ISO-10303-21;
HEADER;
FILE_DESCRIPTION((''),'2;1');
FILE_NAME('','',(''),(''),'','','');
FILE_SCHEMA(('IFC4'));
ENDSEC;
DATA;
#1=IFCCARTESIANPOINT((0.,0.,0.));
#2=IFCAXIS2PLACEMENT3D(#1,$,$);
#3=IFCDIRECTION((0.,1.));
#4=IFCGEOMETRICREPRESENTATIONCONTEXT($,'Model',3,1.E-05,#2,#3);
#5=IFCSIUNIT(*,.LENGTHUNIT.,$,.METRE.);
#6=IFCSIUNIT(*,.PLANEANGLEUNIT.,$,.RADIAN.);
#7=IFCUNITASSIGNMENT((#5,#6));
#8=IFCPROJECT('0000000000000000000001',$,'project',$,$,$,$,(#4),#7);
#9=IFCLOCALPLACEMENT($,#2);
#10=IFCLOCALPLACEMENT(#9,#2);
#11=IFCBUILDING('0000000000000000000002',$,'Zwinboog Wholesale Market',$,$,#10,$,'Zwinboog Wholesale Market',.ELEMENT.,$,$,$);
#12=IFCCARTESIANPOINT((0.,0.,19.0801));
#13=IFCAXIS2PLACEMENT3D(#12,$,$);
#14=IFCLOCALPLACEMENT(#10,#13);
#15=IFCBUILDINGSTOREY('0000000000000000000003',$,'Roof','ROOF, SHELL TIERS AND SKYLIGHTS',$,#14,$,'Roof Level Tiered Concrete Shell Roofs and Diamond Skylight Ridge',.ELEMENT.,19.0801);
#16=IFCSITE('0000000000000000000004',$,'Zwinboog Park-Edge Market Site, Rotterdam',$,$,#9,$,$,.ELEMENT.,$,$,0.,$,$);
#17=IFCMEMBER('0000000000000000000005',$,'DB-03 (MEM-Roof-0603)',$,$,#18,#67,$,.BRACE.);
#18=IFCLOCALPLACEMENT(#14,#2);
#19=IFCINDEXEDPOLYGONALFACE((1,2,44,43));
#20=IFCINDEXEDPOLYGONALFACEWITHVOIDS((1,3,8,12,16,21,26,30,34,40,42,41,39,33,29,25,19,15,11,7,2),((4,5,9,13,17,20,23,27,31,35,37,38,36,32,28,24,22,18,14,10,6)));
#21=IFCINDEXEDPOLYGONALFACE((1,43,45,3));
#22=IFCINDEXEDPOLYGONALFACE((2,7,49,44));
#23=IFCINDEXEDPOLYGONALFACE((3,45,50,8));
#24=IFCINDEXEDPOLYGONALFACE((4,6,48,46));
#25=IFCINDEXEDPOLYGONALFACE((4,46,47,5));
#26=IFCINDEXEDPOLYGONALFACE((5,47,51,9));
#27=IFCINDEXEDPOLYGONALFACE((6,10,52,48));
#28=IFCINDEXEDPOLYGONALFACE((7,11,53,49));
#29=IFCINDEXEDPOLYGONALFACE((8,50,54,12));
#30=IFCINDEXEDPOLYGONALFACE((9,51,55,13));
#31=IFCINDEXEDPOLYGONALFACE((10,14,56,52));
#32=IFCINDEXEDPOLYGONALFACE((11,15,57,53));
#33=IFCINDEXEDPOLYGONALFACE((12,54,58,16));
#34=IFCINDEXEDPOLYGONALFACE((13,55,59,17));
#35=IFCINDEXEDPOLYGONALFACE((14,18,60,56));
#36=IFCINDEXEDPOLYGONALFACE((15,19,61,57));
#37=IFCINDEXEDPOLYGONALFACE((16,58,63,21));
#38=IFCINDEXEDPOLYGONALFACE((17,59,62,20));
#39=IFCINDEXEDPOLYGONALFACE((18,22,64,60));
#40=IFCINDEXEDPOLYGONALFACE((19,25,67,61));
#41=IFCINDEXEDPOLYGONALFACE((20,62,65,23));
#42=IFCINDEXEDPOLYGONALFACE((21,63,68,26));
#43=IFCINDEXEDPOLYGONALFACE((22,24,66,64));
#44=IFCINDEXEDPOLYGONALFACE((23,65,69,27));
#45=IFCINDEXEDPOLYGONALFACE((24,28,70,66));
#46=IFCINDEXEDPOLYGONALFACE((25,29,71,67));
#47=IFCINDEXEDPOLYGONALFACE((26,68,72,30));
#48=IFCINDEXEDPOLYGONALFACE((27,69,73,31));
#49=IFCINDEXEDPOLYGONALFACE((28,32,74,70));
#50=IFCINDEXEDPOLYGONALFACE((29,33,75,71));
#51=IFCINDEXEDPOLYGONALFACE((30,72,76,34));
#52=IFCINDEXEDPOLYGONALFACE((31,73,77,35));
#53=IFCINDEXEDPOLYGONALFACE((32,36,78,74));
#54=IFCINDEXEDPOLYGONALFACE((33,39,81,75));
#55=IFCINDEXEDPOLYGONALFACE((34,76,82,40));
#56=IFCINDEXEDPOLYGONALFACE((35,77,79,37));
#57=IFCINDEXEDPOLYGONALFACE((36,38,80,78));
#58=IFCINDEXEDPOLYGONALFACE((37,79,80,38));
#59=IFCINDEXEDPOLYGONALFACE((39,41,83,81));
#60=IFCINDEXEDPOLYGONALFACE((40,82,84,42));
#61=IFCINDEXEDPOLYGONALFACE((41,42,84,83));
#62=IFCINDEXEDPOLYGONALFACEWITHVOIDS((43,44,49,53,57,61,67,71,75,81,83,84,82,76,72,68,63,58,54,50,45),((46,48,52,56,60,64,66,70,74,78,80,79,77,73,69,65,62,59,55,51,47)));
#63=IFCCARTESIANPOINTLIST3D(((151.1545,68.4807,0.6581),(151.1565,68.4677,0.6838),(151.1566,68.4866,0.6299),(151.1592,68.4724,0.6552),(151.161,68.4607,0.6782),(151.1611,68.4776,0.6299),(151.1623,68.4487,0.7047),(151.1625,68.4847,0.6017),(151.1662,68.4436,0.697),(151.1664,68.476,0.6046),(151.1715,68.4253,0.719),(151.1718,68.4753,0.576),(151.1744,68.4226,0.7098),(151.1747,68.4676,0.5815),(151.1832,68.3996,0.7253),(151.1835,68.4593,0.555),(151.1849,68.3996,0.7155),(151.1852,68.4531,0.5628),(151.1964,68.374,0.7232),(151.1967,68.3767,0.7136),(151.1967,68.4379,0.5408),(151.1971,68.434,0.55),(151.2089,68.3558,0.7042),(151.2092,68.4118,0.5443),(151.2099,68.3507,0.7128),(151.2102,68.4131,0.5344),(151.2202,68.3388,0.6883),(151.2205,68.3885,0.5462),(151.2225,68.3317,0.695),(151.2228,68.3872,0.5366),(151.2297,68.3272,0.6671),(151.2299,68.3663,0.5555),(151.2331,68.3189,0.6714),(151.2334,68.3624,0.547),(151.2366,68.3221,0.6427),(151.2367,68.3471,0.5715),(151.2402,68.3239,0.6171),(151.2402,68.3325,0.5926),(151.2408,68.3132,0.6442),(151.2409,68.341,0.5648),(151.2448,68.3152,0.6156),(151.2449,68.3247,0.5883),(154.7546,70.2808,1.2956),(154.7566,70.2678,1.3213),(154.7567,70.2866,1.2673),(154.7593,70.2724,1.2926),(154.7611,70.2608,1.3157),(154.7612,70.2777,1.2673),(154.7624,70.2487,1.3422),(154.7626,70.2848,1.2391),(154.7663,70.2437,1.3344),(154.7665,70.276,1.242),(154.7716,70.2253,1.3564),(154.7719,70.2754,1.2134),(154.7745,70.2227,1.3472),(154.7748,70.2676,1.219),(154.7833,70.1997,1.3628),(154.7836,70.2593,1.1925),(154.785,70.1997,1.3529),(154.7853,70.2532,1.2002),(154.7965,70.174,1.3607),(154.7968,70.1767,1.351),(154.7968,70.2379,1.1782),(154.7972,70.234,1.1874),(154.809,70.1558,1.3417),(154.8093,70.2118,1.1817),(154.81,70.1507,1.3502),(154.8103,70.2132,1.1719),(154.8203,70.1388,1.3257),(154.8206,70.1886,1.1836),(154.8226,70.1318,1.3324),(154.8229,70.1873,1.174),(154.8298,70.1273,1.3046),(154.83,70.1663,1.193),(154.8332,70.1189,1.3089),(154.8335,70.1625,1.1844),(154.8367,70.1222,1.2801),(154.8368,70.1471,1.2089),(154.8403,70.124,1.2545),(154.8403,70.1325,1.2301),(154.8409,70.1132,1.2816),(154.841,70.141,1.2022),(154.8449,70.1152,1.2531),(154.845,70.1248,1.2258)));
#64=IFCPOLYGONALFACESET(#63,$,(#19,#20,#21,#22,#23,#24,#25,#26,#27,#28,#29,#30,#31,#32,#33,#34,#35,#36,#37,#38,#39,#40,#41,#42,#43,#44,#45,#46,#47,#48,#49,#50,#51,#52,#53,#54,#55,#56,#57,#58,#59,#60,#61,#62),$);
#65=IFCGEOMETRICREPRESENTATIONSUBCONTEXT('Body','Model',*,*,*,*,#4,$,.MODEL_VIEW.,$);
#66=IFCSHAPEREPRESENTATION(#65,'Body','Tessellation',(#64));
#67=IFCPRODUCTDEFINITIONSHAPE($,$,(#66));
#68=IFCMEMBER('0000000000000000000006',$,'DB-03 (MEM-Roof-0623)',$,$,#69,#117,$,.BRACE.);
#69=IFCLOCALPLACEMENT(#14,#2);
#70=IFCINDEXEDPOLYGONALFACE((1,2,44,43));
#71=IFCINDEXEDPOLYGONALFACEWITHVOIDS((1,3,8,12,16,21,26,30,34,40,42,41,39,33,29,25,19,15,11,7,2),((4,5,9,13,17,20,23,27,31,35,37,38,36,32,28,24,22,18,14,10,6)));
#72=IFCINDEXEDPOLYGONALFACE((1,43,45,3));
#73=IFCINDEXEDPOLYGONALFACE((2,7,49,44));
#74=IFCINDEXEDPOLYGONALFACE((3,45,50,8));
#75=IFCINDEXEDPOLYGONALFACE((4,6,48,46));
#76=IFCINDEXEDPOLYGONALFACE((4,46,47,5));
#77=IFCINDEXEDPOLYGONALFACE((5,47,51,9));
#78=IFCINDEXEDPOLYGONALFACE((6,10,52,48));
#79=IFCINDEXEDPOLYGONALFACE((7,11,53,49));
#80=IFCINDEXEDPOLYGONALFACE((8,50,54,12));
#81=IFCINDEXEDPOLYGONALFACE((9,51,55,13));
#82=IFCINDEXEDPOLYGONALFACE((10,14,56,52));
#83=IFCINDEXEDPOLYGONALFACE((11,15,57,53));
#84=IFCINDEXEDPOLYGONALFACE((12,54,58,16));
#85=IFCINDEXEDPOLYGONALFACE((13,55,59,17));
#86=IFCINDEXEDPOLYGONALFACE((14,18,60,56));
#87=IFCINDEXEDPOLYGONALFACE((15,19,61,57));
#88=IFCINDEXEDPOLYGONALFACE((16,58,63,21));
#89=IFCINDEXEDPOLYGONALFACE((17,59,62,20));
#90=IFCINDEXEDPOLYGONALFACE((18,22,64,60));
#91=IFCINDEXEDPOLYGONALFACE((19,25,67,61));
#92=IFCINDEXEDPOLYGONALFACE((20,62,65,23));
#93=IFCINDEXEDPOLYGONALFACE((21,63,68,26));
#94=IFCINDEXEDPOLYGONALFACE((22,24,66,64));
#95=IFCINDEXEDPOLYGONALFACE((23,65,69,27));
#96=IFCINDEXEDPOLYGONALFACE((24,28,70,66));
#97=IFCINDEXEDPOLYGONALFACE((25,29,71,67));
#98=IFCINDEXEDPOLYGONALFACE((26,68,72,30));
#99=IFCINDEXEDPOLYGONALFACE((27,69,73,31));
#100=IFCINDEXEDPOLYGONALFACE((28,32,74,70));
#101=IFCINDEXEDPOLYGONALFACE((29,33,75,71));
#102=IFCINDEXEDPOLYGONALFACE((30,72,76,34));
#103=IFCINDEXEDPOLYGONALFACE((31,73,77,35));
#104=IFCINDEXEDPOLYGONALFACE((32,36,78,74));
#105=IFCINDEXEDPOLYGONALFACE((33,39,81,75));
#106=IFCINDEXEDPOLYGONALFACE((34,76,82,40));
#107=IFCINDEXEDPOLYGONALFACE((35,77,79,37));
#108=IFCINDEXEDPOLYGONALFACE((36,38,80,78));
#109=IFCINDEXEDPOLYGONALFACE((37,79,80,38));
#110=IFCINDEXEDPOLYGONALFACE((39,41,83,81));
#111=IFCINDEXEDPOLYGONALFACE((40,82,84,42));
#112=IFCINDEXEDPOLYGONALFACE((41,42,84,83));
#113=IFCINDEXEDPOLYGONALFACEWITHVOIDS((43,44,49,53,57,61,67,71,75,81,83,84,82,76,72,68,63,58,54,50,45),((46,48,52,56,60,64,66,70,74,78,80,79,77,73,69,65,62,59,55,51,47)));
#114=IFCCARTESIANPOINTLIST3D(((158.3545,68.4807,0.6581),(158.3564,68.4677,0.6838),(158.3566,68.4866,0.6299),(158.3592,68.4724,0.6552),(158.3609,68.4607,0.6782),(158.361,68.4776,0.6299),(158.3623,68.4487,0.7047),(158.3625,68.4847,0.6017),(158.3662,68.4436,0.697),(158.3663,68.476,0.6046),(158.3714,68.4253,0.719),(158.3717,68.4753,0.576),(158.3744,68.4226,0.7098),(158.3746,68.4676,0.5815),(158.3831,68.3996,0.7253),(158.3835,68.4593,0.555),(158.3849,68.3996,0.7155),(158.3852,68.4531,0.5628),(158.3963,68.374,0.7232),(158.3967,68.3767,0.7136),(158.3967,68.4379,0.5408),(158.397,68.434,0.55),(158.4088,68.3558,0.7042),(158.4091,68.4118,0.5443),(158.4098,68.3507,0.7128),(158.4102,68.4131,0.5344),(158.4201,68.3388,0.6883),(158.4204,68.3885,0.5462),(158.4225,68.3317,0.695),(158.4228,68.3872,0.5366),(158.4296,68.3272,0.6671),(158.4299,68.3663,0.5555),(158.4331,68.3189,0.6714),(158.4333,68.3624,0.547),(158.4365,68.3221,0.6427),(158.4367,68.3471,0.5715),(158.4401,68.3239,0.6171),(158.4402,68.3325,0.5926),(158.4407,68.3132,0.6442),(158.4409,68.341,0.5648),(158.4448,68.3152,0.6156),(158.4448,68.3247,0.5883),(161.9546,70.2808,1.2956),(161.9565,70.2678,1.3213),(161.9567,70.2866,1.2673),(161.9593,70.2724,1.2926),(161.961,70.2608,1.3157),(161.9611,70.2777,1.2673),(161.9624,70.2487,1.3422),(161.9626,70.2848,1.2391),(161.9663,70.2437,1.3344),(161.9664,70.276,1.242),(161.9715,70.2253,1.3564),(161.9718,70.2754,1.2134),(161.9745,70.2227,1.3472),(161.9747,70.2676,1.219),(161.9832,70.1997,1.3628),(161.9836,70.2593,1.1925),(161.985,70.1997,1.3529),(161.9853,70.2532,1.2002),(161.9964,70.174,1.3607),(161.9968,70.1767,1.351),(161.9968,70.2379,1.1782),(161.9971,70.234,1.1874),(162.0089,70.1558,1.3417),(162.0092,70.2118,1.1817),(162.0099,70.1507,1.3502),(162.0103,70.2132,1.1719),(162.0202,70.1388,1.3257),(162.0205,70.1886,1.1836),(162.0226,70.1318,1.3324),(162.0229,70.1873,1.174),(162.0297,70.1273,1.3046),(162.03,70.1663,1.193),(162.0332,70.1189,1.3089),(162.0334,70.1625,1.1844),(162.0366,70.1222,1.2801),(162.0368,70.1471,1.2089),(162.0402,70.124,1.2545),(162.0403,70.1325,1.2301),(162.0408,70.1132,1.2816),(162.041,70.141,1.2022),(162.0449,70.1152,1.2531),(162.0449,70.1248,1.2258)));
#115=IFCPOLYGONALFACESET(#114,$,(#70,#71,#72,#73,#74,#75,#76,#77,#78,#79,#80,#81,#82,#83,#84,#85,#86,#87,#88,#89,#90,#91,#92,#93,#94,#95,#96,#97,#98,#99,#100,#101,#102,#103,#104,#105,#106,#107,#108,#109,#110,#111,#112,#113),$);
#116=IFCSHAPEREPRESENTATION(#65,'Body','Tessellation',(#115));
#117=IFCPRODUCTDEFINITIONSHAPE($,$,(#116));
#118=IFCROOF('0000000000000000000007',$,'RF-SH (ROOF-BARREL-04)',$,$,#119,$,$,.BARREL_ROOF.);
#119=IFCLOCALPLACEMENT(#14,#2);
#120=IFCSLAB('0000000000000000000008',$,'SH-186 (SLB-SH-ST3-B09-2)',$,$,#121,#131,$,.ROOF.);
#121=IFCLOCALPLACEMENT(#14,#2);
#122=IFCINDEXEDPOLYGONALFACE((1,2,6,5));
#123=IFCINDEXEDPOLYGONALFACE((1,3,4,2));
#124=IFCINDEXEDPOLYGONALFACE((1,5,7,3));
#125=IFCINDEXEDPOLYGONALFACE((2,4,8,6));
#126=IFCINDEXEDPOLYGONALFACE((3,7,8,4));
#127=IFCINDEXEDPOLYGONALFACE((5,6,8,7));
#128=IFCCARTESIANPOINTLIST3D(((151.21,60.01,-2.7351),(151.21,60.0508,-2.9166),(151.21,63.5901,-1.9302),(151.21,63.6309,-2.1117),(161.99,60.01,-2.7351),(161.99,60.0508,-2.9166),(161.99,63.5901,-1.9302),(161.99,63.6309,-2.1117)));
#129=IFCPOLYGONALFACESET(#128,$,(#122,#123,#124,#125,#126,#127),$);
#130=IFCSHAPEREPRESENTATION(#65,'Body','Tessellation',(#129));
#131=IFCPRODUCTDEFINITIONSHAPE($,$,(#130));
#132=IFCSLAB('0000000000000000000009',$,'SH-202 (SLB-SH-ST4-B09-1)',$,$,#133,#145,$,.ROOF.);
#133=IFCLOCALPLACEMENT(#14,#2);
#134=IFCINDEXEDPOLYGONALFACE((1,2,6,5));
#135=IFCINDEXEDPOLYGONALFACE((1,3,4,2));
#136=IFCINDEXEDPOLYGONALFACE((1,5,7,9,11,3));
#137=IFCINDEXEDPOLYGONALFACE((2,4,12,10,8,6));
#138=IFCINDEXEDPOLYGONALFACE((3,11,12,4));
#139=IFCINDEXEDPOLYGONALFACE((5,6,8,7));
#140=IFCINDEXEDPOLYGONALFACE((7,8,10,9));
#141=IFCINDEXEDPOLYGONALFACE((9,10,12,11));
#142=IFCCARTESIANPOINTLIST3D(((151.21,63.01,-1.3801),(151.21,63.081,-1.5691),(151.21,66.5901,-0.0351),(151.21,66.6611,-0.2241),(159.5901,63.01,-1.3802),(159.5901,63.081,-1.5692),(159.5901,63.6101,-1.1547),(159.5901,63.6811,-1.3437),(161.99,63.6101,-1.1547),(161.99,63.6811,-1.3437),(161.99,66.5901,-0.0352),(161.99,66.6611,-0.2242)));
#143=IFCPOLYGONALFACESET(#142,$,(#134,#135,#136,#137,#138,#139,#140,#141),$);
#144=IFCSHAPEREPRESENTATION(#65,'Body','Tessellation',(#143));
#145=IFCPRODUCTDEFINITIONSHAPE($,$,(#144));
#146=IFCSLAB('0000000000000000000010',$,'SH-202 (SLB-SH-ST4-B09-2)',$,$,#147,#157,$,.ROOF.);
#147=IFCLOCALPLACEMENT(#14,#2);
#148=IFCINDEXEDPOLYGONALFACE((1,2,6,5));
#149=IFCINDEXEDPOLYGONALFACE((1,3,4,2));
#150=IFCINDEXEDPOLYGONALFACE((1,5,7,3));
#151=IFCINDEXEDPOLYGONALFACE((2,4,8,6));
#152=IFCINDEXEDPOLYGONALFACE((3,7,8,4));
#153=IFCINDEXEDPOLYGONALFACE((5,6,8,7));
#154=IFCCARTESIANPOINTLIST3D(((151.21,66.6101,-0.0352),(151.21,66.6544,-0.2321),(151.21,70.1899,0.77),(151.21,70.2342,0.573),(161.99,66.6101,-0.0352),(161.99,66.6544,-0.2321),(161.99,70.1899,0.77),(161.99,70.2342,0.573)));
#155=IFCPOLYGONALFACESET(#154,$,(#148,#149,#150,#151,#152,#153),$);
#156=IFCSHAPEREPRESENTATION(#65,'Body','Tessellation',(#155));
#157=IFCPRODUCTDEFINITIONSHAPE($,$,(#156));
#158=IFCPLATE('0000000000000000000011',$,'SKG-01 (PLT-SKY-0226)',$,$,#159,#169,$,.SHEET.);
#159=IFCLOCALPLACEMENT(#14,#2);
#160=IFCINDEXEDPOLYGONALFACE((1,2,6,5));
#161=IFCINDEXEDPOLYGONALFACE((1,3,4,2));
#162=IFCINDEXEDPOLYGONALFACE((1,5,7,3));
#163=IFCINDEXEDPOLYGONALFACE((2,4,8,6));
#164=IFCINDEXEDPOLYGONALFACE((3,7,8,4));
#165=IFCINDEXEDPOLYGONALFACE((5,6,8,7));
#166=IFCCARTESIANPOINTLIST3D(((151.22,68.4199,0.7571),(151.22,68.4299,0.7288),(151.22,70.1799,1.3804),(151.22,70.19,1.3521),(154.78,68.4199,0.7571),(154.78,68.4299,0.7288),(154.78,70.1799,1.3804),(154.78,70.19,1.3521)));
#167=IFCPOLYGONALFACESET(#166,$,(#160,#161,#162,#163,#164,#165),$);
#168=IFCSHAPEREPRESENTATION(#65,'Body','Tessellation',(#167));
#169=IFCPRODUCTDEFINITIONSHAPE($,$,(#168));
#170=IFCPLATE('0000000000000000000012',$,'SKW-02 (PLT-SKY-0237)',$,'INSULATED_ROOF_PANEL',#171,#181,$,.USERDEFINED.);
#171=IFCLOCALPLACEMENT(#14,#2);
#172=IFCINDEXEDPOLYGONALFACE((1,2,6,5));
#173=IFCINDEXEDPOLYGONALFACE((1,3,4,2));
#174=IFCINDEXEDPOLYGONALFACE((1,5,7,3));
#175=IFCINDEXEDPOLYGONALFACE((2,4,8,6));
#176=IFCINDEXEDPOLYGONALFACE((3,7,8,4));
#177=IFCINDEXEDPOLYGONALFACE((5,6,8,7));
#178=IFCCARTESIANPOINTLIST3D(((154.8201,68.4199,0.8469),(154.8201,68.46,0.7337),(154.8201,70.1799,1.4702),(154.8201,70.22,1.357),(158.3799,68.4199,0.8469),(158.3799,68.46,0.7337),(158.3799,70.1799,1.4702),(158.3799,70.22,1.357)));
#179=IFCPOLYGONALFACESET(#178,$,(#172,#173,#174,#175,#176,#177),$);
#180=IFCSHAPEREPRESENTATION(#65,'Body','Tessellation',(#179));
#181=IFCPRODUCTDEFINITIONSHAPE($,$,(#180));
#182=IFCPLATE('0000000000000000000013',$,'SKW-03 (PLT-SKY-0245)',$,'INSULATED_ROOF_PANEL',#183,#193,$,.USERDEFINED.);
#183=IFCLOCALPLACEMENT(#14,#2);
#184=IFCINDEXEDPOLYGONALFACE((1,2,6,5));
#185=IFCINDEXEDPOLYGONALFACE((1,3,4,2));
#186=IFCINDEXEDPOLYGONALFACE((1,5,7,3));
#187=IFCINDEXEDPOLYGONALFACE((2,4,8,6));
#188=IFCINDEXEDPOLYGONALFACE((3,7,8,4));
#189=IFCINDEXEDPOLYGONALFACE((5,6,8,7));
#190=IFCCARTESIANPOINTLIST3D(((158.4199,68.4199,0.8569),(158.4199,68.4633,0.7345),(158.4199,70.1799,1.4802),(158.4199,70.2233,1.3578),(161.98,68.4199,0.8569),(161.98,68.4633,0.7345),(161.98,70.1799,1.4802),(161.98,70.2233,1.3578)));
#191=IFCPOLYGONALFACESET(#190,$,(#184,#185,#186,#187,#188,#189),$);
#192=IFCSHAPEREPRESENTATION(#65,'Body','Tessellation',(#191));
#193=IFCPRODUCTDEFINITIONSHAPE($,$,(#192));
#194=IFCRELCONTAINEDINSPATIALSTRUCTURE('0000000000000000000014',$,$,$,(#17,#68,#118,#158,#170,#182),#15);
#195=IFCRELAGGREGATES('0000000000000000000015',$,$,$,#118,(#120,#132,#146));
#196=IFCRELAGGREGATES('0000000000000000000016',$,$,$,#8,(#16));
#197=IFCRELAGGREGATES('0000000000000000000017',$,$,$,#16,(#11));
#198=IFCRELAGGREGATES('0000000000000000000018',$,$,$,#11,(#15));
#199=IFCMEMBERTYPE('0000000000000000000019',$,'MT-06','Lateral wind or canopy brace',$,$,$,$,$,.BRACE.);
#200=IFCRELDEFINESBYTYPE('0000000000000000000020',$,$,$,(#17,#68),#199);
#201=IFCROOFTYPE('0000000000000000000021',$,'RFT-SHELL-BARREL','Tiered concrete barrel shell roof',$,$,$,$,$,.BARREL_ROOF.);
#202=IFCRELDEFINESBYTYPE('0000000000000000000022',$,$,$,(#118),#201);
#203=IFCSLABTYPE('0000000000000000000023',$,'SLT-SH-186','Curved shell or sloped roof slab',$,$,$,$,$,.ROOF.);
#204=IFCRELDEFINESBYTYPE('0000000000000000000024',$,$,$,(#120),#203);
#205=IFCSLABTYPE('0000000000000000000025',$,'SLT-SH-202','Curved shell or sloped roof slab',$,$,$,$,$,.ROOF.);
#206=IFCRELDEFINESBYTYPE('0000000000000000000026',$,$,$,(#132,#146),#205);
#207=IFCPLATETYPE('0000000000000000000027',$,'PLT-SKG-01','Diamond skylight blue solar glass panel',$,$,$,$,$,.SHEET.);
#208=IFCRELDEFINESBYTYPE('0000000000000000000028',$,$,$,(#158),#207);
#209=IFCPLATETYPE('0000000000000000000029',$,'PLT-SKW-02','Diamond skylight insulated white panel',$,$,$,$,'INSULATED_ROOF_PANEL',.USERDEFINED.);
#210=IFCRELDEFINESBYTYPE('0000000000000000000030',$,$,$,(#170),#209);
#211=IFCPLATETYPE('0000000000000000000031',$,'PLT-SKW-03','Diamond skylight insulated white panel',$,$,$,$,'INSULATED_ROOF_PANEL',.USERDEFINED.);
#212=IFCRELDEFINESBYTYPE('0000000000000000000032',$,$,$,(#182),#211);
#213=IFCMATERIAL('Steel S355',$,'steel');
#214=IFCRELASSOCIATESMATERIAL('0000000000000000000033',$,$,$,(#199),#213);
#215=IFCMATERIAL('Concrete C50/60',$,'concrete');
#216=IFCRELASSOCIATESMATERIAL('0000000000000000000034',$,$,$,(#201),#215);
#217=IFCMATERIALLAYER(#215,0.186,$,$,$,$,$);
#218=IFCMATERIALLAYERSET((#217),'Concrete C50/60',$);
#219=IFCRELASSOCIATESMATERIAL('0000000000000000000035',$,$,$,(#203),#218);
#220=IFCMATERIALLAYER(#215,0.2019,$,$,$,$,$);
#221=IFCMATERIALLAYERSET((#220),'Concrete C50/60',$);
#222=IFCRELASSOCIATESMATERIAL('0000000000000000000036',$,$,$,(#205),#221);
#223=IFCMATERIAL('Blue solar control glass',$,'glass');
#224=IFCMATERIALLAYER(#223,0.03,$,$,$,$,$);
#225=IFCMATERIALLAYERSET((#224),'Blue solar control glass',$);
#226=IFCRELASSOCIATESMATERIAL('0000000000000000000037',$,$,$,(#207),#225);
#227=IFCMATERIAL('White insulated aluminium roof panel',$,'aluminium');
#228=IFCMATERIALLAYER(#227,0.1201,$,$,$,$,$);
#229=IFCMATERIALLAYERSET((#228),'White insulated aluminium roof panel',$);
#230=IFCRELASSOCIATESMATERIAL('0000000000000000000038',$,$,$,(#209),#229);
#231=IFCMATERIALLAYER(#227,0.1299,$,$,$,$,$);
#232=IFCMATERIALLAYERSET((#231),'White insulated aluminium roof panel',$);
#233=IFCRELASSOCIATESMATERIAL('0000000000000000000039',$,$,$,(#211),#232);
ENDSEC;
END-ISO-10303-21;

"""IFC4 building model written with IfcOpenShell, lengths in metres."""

from ifc_helpers import new_model, si_unit, direction, frame, origin, origin_2d, place, context, subcontext, project, spatial, polyline, hollow_circle, outline, extrude, material, layer, layer_set, material_profile, profile_set, type_object, element, aggregate, save


model = new_model("IFC4")

# Units and contexts
model_context = context("Model", 3, precision=1e-05, world=origin(), true_north=direction((0.0, 1.0)))
body_context = subcontext(model_context, "Body", "Model", "MODEL_VIEW")
ifc_project = project(units=[si_unit("LENGTHUNIT", "METRE"), si_unit("PLANEANGLEUNIT", "RADIAN")], contexts=[model_context])

# Site, building, storey
site_placement = place(None, origin())
site = spatial("IfcSite", under=ifc_project, at=site_placement, Name="Zwinboog Park-Edge Market Site, Rotterdam", CompositionType="ELEMENT", RefElevation=0.0)
building_placement = place(site_placement, origin())
building = spatial("IfcBuilding", under=site, at=building_placement, Name="Zwinboog Wholesale Market", LongName="Zwinboog Wholesale Market", CompositionType="ELEMENT")
storey_placement = place(building_placement, frame((0.0, 0.0, 19.0801)))
storey = spatial("IfcBuildingStorey", under=building, at=storey_placement, Name="Roof", Description="ROOF, SHELL TIERS AND SKYLIGHTS", LongName="Roof Level Tiered Concrete Shell Roofs and Diamond Skylight Ridge", CompositionType="ELEMENT", Elevation=19.0801)

# Members
ifc_material_1 = material(Name="Steel S355", Category="steel")
ifc_material_profile_1 = material_profile(ifc_material_1, hollow_circle(Radius=0.0969, WallThickness=0.01, at=origin_2d()), Name="CHS 193.7x10")
ifc_profile_set_1 = profile_set([ifc_material_profile_1], Name="Steel S355")
member_type_1 = type_object("IfcMemberType", Name="MT-06", Description="Lateral wind or canopy brace", PredefinedType="BRACE", material=ifc_profile_set_1)
for number, where, z_axis, x_axis, name in (
    (1, (151.2, 68.3999, 0.6299), (0.883417, 0.441709, 0.156422), (-0.447214, 0.894427, 0.0), "DB-03 (MEM-Roof-0603)"),
    (2, (158.3999, 68.3999, 0.6299), (0.883417, 0.441709, 0.156422), (-0.447214, 0.894427, 0.0), "DB-03 (MEM-Roof-0623)"),
):
    element("IfcMember", number, at=place(storey_placement, frame(where, z_axis=z_axis, x_axis=x_axis)), inside=storey, type_object=member_type_1, Name=name, PredefinedType="BRACE", context=body_context, shape_type="SweptSolid", body=[
        extrude(hollow_circle(Radius=0.0969, WallThickness=0.01, at=origin_2d()), origin(), (0.0, 0.0, 1.0), 4.0752),
    ])

# Roof, slabs
ifc_material_2 = material(Name="Concrete C50/60", Category="concrete")
roof_type = type_object("IfcRoofType", Name="RFT-SHELL-BARREL", Description="Tiered concrete barrel shell roof", PredefinedType="BARREL_ROOF", material=ifc_material_2)
roof_placement = place(storey_placement, origin())
roof = element("IfcRoof", 3, at=roof_placement, inside=storey, type_object=roof_type, Name="RF-SH (ROOF-BARREL-04)", PredefinedType="BARREL_ROOF")
ifc_layer_1 = layer(ifc_material_2, 0.186)
ifc_layer_set_1 = layer_set([ifc_layer_1], Name="Concrete C50/60")
slab_type_1 = type_object("IfcSlabType", Name="SLT-SH-186", Description="Curved shell or sloped roof slab", PredefinedType="ROOF", material=ifc_layer_set_1)
slab_1_placement = place(storey_placement, frame((151.21, 60.01, -2.7351), z_axis=(0.0, -0.21936, 0.975644), x_axis=(1.0, 0.0, 0.0)))
slab_1 = element("IfcSlab", 4, at=slab_1_placement, type_object=slab_type_1, Name="SH-186 (SLB-SH-ST3-B09-2)", PredefinedType="ROOF", context=body_context, shape_type="SweptSolid", body=[
    extrude(outline(polyline([(0.0, 0.0), (10.78, 0.0), (10.78, 3.6695), (0.0, 3.6695), (0.0, 0.0)])), origin(), (0.0, 0.0, -1.0), 0.186),
])
ifc_layer_2 = layer(ifc_material_2, 0.2019)
ifc_layer_set_2 = layer_set([ifc_layer_2], Name="Concrete C50/60")
slab_type_2 = type_object("IfcSlabType", Name="SLT-SH-202", Description="Curved shell or sloped roof slab", PredefinedType="ROOF", material=ifc_layer_set_2)
slab_2_placement = place(storey_placement, frame((151.21, 63.01, -1.3801), z_axis=(0.000005, -0.351689, 0.936117), x_axis=(1.0, 0.000002, -0.000004)))
slab_2 = element("IfcSlab", 5, at=slab_2_placement, type_object=slab_type_2, Name="SH-202 (SLB-SH-ST4-B09-1)", PredefinedType="ROOF", context=body_context, shape_type="SweptSolid", body=[
    extrude(outline(polyline([(0.0, 0.0), (8.3801, 0.0), (8.3801, 0.641), (10.78, 0.641), (10.78, 3.8244), (0.0, 3.8244), (0.0, 0.0)])), origin(), (0.0, 0.0, -1.0), 0.2019),
])
slab_3_placement = place(storey_placement, frame((151.21, 66.6101, -0.0352), z_axis=(0.0, -0.219438, 0.975626), x_axis=(1.0, 0.0, 0.0)))
slab_3 = element("IfcSlab", 6, at=slab_3_placement, type_object=slab_type_2, Name="SH-202 (SLB-SH-ST4-B09-2)", PredefinedType="ROOF", context=body_context, shape_type="SweptSolid", body=[
    extrude(outline(polyline([(0.0, 0.0), (10.78, 0.0), (10.78, 3.6693), (0.0, 3.6693), (0.0, 0.0)])), origin(), (0.0, 0.0, -1.0), 0.2019),
])
aggregate(roof, [slab_1, slab_2, slab_3])

# Plates
ifc_material_3 = material(Name="Blue solar control glass", Category="glass")
ifc_layer_3 = layer(ifc_material_3, 0.03)
ifc_layer_set_3 = layer_set([ifc_layer_3], Name="Blue solar control glass")
plate_type_1 = type_object("IfcPlateType", Name="PLT-SKG-01", Description="Diamond skylight blue solar glass panel", PredefinedType="SHEET", material=ifc_layer_set_3)
plate_1_placement = place(storey_placement, frame((151.22, 68.4199, 0.7571), z_axis=(0.0, -0.333825, 0.942635), x_axis=(1.0, 0.0, 0.0)))
element("IfcPlate", 7, at=plate_1_placement, inside=storey, type_object=plate_type_1, Name="SKG-01 (PLT-SKY-0226)", PredefinedType="SHEET", context=body_context, shape_type="SweptSolid", body=[
    extrude(outline(polyline([(0.0, 0.0), (3.5601, 0.0), (3.5601, 1.8671), (0.0, 1.8671), (0.0, 0.0)])), origin(), (0.0, 0.0, -1.0), 0.03),
])
ifc_material_4 = material(Name="White insulated aluminium roof panel", Category="aluminium")
ifc_layer_4 = layer(ifc_material_4, 0.1201)
ifc_layer_set_4 = layer_set([ifc_layer_4], Name="White insulated aluminium roof panel")
plate_type_2 = type_object("IfcPlateType", Name="PLT-SKW-02", Description="Diamond skylight insulated white panel", ElementType="INSULATED_ROOF_PANEL", PredefinedType="USERDEFINED", material=ifc_layer_set_4)
plate_2_placement = place(storey_placement, frame((154.8201, 68.4199, 0.8469), z_axis=(0.0, -0.333825, 0.942635), x_axis=(1.0, 0.0, 0.0)))
element("IfcPlate", 8, at=plate_2_placement, inside=storey, type_object=plate_type_2, Name="SKW-02 (PLT-SKY-0237)", ObjectType="INSULATED_ROOF_PANEL", PredefinedType="USERDEFINED", context=body_context, shape_type="SweptSolid", body=[
    extrude(outline(polyline([(0.0, 0.0), (3.5598, 0.0), (3.5598, 1.8671), (0.0, 1.8671), (0.0, 0.0)])), origin(), (0.0, 0.0, -1.0), 0.1201),
])
ifc_layer_5 = layer(ifc_material_4, 0.1299)
ifc_layer_set_5 = layer_set([ifc_layer_5], Name="White insulated aluminium roof panel")
plate_type_3 = type_object("IfcPlateType", Name="PLT-SKW-03", Description="Diamond skylight insulated white panel", ElementType="INSULATED_ROOF_PANEL", PredefinedType="USERDEFINED", material=ifc_layer_set_5)
plate_3_placement = place(storey_placement, frame((158.4199, 68.4199, 0.8569), z_axis=(0.0, -0.333825, 0.942635), x_axis=(1.0, 0.0, 0.0)))
element("IfcPlate", 9, at=plate_3_placement, inside=storey, type_object=plate_type_3, Name="SKW-03 (PLT-SKY-0245)", ObjectType="INSULATED_ROOF_PANEL", PredefinedType="USERDEFINED", context=body_context, shape_type="SweptSolid", body=[
    extrude(outline(polyline([(0.0, 0.0), (3.5601, 0.0), (3.5601, 1.8671), (0.0, 1.8671), (0.0, 0.0)])), origin(), (0.0, 0.0, -1.0), 0.1299),
])

save(model, "model.ifc")
